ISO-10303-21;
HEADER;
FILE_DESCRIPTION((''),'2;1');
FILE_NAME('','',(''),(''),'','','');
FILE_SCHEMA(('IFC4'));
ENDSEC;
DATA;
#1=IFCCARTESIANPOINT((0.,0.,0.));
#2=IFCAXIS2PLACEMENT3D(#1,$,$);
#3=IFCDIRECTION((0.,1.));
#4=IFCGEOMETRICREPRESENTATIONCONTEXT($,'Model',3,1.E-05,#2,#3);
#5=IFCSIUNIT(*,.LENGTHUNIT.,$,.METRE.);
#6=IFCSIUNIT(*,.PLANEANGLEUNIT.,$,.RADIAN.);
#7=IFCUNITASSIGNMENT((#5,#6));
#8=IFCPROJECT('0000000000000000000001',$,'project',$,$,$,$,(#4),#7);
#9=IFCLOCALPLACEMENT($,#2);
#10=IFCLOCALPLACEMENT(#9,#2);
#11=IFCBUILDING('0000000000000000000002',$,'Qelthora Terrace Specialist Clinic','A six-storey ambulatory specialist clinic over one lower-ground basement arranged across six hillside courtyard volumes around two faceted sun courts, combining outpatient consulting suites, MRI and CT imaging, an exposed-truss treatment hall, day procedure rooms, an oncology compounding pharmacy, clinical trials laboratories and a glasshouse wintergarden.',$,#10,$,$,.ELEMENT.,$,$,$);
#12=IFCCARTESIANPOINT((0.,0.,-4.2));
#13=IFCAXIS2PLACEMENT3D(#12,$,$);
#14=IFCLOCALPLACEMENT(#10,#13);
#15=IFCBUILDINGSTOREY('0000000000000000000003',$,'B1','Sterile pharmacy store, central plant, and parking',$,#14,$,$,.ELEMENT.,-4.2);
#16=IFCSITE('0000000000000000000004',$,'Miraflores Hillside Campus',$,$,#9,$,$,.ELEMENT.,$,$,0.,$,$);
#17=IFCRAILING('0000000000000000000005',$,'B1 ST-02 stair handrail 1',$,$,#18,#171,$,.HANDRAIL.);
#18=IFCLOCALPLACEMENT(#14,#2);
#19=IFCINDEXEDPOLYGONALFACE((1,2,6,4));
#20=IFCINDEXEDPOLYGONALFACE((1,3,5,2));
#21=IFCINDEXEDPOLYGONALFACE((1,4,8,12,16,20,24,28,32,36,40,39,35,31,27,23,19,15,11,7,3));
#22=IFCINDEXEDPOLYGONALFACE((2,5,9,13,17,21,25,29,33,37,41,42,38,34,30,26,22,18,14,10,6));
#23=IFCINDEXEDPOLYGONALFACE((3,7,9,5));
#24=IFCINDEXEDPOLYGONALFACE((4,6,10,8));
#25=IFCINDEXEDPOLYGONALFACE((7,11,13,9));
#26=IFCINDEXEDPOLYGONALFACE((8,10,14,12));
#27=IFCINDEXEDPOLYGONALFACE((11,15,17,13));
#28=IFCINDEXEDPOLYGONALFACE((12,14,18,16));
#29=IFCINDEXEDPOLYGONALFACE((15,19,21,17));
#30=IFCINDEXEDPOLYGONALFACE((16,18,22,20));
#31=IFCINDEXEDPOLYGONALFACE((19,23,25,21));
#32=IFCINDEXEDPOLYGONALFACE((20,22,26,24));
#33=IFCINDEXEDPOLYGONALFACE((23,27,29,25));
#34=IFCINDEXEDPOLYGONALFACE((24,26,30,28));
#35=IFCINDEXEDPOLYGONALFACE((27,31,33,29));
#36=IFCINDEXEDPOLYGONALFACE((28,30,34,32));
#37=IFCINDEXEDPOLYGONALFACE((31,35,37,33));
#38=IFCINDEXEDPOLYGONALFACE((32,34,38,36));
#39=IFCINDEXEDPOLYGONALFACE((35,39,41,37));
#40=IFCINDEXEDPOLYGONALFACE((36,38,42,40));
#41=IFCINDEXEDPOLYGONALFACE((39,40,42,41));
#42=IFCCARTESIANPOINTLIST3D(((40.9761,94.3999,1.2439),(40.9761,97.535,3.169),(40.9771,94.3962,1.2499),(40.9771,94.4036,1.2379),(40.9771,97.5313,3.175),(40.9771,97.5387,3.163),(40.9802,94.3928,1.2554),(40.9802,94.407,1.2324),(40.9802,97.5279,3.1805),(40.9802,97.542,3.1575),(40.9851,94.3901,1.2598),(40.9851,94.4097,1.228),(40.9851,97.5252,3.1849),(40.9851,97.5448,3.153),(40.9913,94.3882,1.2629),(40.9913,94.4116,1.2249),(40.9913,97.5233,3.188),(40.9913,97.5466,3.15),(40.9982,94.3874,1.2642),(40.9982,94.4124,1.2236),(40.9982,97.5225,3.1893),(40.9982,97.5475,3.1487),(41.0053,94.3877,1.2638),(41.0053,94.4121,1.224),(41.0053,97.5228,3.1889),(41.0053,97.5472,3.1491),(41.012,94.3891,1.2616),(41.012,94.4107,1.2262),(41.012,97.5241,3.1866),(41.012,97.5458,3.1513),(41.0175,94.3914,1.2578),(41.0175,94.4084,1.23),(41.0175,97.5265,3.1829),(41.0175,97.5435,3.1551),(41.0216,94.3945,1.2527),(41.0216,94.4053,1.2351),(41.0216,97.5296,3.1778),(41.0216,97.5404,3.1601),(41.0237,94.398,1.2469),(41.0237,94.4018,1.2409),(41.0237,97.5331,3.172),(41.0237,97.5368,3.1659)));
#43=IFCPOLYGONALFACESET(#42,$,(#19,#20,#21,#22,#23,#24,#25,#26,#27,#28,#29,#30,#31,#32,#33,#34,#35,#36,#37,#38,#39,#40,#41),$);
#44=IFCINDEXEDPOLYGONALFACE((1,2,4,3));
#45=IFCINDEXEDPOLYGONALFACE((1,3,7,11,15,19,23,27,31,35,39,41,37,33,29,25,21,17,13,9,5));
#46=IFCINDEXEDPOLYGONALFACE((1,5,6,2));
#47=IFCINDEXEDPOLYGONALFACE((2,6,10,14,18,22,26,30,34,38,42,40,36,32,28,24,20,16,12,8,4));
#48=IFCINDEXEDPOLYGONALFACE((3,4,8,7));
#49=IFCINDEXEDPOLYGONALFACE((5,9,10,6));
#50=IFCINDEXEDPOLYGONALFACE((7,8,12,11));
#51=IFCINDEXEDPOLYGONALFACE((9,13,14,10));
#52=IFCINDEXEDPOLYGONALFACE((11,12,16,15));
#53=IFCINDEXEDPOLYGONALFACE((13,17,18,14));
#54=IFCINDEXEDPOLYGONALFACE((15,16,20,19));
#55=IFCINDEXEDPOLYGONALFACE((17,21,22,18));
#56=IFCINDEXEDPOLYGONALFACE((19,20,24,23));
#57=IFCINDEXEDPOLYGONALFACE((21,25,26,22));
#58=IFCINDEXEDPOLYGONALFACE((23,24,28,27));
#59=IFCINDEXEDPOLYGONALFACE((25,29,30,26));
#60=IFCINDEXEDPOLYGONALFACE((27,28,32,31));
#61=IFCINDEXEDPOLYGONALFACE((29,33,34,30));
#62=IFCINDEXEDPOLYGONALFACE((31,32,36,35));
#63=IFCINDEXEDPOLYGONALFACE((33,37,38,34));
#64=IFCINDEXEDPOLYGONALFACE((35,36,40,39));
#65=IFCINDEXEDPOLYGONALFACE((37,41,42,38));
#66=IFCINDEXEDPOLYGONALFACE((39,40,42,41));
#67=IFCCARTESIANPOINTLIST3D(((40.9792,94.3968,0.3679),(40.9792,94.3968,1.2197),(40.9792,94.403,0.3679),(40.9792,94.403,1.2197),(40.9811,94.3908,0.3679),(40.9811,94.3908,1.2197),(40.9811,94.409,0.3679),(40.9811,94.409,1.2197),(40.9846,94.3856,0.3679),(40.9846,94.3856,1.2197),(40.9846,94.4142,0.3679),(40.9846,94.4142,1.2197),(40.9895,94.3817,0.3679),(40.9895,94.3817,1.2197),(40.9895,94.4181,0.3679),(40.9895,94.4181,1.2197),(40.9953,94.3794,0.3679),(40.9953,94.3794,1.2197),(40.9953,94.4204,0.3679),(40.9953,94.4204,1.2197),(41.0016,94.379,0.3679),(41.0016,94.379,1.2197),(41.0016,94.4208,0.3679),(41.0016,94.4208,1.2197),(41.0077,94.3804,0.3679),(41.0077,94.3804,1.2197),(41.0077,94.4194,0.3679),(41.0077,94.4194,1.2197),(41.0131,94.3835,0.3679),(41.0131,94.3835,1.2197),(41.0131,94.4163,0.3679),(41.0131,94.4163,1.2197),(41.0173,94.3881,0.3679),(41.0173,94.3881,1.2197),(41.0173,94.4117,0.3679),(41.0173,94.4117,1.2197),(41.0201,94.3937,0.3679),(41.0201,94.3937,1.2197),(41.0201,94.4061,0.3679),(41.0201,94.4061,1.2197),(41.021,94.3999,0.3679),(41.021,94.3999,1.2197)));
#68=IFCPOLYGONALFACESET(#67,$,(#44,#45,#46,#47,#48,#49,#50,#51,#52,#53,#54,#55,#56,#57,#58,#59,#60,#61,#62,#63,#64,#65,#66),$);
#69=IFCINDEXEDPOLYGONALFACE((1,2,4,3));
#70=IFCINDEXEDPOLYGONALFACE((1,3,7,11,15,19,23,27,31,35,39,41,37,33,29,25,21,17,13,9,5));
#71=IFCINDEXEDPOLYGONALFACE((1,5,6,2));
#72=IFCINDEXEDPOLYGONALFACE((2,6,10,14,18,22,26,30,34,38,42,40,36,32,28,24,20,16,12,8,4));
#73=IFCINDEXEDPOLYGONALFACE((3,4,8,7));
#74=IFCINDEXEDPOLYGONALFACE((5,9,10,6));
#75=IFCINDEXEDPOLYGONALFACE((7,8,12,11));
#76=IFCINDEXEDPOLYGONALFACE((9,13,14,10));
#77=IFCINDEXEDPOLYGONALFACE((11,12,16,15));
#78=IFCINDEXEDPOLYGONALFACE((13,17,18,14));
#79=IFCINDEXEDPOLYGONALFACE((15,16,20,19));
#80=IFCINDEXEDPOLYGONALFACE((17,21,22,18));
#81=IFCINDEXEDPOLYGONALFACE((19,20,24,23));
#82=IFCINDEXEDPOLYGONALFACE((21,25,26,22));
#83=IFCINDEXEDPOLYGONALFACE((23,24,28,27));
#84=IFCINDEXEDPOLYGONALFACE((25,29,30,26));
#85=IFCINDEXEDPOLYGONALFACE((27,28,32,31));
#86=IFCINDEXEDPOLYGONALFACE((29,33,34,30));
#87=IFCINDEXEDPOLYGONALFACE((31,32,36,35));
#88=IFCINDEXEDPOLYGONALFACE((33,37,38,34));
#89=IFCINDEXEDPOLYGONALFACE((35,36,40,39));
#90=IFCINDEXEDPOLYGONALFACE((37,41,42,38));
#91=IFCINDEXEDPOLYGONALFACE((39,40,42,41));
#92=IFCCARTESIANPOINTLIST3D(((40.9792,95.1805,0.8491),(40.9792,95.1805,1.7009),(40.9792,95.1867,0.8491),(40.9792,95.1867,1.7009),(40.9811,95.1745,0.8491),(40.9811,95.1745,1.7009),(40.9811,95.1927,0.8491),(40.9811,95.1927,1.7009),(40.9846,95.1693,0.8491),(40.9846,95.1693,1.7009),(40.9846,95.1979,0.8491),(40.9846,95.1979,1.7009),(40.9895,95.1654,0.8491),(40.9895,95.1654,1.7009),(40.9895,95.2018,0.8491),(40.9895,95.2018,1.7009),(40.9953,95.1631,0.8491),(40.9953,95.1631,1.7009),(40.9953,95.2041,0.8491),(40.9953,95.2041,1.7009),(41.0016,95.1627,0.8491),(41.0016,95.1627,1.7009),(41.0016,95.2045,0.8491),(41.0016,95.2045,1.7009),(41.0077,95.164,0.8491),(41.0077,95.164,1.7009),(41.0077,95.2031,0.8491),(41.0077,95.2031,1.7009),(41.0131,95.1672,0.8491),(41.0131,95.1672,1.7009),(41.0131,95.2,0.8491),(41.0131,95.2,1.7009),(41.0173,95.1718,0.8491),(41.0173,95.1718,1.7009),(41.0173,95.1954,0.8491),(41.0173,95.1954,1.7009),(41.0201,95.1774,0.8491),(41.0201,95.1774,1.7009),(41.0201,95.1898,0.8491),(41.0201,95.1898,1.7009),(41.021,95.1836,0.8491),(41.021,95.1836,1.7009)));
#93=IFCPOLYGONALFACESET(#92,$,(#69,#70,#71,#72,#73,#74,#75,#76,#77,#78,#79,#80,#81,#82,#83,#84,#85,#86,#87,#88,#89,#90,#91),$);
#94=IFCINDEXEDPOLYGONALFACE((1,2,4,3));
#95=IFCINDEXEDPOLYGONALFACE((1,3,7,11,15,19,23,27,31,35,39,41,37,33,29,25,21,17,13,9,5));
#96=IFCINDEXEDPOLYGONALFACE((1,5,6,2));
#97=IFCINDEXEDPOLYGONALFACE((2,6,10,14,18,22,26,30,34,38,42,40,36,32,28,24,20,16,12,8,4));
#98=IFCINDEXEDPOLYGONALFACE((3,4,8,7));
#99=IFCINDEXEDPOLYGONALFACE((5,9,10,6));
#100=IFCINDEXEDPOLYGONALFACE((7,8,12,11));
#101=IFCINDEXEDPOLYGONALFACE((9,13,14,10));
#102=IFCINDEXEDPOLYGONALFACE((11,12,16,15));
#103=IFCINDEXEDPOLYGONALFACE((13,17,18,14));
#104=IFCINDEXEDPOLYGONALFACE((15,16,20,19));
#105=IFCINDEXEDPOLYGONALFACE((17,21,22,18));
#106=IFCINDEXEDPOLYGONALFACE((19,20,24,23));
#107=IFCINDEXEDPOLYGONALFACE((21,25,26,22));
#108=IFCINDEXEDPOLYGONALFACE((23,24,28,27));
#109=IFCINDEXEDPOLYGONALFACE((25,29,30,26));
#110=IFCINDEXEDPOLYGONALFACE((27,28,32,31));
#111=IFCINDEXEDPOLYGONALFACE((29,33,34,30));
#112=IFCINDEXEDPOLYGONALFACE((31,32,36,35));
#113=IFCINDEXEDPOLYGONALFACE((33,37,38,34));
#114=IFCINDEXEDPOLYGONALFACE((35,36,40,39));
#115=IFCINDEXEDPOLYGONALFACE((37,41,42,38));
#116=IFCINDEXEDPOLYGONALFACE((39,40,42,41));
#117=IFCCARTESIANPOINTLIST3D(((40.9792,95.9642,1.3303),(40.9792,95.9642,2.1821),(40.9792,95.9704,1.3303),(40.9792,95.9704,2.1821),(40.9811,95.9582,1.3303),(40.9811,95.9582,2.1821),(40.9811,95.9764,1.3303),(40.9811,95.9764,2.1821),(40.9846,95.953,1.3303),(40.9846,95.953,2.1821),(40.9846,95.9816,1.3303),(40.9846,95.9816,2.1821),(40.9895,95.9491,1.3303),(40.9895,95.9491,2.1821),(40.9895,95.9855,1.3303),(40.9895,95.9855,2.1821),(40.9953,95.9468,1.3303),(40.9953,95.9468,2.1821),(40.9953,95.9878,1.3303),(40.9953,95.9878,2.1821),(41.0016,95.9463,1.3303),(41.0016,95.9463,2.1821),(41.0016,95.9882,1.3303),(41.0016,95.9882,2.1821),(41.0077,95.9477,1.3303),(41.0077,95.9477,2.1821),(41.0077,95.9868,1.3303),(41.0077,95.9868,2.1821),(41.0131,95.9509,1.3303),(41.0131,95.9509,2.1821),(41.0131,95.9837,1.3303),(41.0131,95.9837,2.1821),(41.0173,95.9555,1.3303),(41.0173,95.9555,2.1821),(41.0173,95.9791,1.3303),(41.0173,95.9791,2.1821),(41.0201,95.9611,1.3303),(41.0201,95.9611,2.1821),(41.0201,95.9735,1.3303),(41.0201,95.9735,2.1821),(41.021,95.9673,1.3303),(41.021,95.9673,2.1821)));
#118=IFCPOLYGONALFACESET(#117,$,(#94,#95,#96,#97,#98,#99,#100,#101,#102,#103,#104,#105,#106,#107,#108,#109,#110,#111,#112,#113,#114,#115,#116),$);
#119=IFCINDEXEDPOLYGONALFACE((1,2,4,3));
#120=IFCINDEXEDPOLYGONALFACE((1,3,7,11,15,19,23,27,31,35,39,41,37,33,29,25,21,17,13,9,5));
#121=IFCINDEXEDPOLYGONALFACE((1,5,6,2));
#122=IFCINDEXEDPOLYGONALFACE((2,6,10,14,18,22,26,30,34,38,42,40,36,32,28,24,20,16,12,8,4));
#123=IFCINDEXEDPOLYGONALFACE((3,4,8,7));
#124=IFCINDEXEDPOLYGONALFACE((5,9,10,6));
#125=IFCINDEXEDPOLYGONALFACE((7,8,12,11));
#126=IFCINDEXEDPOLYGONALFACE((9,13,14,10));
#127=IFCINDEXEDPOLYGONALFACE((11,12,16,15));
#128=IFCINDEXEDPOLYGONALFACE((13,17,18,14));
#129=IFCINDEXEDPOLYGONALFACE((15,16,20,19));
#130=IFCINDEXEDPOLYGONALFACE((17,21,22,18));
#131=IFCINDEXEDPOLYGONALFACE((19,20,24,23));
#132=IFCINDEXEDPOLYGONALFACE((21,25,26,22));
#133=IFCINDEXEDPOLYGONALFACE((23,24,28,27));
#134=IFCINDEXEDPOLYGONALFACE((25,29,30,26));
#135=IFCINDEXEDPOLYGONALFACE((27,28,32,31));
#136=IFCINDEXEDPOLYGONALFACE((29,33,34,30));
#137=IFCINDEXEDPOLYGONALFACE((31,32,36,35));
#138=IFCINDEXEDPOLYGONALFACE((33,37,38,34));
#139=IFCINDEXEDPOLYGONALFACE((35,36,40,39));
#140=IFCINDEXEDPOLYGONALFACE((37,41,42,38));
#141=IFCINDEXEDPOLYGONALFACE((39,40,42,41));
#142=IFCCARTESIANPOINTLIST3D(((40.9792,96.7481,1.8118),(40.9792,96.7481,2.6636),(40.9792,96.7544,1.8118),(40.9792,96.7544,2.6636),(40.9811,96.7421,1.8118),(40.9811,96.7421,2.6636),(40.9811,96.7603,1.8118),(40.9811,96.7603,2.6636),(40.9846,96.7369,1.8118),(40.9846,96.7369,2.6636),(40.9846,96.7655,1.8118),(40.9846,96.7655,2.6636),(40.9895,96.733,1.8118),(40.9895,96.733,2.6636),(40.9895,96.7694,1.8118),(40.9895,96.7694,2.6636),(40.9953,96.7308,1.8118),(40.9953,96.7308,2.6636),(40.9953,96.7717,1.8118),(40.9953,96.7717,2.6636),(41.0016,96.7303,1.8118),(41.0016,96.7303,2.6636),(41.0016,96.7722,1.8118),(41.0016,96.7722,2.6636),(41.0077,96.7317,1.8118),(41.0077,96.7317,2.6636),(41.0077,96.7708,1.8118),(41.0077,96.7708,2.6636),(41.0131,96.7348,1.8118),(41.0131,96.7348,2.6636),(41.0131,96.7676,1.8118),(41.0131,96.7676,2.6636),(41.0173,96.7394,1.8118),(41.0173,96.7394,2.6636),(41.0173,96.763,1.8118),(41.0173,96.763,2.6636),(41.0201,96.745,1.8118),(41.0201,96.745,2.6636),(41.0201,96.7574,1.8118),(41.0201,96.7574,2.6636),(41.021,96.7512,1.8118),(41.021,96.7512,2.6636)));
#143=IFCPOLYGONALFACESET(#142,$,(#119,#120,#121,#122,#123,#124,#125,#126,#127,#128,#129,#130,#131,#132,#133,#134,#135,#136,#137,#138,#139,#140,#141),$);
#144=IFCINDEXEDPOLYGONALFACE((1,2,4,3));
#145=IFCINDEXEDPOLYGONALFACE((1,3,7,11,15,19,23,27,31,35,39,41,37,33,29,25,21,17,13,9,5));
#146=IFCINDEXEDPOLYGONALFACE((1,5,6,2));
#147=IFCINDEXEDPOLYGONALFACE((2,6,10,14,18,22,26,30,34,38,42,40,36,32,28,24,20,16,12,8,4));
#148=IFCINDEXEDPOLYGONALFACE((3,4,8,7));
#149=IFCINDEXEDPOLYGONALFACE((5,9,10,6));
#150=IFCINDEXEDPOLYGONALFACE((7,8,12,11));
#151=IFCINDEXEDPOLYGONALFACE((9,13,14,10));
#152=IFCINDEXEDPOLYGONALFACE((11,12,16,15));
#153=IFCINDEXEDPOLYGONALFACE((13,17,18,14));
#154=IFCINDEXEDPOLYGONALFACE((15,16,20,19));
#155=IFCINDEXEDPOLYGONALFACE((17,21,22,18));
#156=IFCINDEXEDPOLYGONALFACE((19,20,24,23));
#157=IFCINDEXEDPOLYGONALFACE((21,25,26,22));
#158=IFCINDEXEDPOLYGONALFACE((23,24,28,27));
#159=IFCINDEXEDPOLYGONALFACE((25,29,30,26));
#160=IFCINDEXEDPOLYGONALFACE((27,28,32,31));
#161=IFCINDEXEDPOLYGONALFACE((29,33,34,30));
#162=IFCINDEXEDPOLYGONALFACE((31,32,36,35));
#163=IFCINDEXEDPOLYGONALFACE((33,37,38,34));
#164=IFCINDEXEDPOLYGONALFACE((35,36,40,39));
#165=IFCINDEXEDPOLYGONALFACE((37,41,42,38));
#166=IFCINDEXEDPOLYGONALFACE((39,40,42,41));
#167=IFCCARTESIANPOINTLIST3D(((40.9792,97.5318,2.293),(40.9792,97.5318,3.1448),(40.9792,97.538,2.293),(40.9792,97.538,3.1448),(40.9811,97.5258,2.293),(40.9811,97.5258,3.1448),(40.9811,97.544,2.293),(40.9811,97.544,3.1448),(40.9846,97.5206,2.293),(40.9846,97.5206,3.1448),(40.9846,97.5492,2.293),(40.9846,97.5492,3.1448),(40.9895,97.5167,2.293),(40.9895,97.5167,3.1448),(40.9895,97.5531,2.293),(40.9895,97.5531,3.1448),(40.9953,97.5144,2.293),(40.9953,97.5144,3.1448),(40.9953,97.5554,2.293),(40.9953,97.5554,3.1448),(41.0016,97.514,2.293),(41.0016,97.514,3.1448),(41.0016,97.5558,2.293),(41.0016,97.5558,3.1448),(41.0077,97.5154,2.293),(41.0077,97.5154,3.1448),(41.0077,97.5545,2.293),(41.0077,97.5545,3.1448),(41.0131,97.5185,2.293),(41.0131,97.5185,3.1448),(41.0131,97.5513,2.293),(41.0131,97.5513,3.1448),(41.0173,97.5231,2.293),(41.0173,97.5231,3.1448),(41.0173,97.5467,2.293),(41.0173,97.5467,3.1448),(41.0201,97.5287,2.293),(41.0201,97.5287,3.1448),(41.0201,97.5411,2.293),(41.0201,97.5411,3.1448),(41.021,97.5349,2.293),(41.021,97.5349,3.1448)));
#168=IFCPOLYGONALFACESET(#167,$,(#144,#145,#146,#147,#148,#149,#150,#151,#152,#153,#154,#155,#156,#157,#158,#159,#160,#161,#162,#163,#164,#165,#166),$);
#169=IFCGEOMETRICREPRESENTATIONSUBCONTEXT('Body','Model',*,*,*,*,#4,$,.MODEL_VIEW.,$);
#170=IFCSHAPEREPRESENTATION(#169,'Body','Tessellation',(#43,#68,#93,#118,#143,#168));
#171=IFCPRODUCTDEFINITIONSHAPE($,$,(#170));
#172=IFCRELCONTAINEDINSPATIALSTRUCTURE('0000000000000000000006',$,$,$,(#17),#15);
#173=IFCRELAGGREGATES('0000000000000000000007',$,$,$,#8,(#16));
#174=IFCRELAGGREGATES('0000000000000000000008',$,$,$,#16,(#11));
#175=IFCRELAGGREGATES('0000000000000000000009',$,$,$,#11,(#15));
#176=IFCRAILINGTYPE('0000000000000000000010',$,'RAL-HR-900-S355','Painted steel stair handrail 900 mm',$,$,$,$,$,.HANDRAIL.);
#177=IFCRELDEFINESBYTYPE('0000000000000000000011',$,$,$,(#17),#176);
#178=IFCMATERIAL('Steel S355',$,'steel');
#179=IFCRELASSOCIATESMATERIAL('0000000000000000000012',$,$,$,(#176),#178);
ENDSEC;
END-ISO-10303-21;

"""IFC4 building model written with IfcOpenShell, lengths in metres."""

from ifc_helpers import new_model, si_unit, direction, frame, origin, origin_2d, place, context, subcontext, project, spatial, circle, extrude, material, type_object, element, save


model = new_model("IFC4")

# Units and contexts
model_context = context("Model", 3, precision=1e-05, world=origin(), true_north=direction((0.0, 1.0)))
body_context = subcontext(model_context, "Body", "Model", "MODEL_VIEW")
ifc_project = project(units=[si_unit("LENGTHUNIT", "METRE"), si_unit("PLANEANGLEUNIT", "RADIAN")], contexts=[model_context])

# Site, building, storey
site_placement = place(None, origin())
site = spatial("IfcSite", under=ifc_project, at=site_placement, Name="Miraflores Hillside Campus", CompositionType="ELEMENT", RefElevation=0.0)
building_placement = place(site_placement, origin())
building = spatial("IfcBuilding", under=site, at=building_placement, Name="Qelthora Terrace Specialist Clinic", Description="A six-storey ambulatory specialist clinic over one lower-ground basement arranged across six hillside courtyard volumes around two faceted sun courts, combining outpatient consulting suites, MRI and CT imaging, an exposed-truss treatment hall, day procedure rooms, an oncology compounding pharmacy, clinical trials laboratories and a glasshouse wintergarden.", CompositionType="ELEMENT")
storey_placement = place(building_placement, frame((0.0, 0.0, -4.2)))
storey = spatial("IfcBuildingStorey", under=building, at=storey_placement, Name="B1", Description="Sterile pharmacy store, central plant, and parking", CompositionType="ELEMENT", Elevation=-4.2)

# Shared definitions
ifc_material_1 = material(Name="Steel S355", Category="steel")

# Railing
railing_type = type_object("IfcRailingType", Name="RAL-HR-900-S355", Description="Painted steel stair handrail 900 mm", PredefinedType="HANDRAIL", material=ifc_material_1)
railing_placement = place(storey_placement, frame((41.0, 94.3999, 0.3679)))
element("IfcRailing", 1, at=railing_placement, inside=storey, type_object=railing_type, Name="B1 ST-02 stair handrail 1", PredefinedType="HANDRAIL", context=body_context, shape_type="SweptSolid", body=[
    extrude(circle(Radius=0.0239, at=origin_2d()), frame((0.0, 0.0, 0.876), z_axis=(0.0, 0.852166, 0.523271), x_axis=(-1.0, 0.0, 0.0)), (0.0, 0.0, 1.0), 3.679),
    extrude(circle(Radius=0.021, at=origin_2d()), origin(), (0.0, 0.0, 1.0), 0.8518),
    extrude(circle(Radius=0.021, at=origin_2d()), frame((0.0, 0.7837, 0.4812)), (0.0, 0.0, 1.0), 0.8518),
    extrude(circle(Radius=0.021, at=origin_2d()), frame((0.0, 1.5674, 0.9624)), (0.0, 0.0, 1.0), 0.8518),
    extrude(circle(Radius=0.021, at=origin_2d()), frame((0.0, 2.3513, 1.4438)), (0.0, 0.0, 1.0), 0.8518),
    extrude(circle(Radius=0.021, at=origin_2d()), frame((0.0, 3.135, 1.925)), (0.0, 0.0, 1.0), 0.8518),
])

save(model, "model.ifc")
